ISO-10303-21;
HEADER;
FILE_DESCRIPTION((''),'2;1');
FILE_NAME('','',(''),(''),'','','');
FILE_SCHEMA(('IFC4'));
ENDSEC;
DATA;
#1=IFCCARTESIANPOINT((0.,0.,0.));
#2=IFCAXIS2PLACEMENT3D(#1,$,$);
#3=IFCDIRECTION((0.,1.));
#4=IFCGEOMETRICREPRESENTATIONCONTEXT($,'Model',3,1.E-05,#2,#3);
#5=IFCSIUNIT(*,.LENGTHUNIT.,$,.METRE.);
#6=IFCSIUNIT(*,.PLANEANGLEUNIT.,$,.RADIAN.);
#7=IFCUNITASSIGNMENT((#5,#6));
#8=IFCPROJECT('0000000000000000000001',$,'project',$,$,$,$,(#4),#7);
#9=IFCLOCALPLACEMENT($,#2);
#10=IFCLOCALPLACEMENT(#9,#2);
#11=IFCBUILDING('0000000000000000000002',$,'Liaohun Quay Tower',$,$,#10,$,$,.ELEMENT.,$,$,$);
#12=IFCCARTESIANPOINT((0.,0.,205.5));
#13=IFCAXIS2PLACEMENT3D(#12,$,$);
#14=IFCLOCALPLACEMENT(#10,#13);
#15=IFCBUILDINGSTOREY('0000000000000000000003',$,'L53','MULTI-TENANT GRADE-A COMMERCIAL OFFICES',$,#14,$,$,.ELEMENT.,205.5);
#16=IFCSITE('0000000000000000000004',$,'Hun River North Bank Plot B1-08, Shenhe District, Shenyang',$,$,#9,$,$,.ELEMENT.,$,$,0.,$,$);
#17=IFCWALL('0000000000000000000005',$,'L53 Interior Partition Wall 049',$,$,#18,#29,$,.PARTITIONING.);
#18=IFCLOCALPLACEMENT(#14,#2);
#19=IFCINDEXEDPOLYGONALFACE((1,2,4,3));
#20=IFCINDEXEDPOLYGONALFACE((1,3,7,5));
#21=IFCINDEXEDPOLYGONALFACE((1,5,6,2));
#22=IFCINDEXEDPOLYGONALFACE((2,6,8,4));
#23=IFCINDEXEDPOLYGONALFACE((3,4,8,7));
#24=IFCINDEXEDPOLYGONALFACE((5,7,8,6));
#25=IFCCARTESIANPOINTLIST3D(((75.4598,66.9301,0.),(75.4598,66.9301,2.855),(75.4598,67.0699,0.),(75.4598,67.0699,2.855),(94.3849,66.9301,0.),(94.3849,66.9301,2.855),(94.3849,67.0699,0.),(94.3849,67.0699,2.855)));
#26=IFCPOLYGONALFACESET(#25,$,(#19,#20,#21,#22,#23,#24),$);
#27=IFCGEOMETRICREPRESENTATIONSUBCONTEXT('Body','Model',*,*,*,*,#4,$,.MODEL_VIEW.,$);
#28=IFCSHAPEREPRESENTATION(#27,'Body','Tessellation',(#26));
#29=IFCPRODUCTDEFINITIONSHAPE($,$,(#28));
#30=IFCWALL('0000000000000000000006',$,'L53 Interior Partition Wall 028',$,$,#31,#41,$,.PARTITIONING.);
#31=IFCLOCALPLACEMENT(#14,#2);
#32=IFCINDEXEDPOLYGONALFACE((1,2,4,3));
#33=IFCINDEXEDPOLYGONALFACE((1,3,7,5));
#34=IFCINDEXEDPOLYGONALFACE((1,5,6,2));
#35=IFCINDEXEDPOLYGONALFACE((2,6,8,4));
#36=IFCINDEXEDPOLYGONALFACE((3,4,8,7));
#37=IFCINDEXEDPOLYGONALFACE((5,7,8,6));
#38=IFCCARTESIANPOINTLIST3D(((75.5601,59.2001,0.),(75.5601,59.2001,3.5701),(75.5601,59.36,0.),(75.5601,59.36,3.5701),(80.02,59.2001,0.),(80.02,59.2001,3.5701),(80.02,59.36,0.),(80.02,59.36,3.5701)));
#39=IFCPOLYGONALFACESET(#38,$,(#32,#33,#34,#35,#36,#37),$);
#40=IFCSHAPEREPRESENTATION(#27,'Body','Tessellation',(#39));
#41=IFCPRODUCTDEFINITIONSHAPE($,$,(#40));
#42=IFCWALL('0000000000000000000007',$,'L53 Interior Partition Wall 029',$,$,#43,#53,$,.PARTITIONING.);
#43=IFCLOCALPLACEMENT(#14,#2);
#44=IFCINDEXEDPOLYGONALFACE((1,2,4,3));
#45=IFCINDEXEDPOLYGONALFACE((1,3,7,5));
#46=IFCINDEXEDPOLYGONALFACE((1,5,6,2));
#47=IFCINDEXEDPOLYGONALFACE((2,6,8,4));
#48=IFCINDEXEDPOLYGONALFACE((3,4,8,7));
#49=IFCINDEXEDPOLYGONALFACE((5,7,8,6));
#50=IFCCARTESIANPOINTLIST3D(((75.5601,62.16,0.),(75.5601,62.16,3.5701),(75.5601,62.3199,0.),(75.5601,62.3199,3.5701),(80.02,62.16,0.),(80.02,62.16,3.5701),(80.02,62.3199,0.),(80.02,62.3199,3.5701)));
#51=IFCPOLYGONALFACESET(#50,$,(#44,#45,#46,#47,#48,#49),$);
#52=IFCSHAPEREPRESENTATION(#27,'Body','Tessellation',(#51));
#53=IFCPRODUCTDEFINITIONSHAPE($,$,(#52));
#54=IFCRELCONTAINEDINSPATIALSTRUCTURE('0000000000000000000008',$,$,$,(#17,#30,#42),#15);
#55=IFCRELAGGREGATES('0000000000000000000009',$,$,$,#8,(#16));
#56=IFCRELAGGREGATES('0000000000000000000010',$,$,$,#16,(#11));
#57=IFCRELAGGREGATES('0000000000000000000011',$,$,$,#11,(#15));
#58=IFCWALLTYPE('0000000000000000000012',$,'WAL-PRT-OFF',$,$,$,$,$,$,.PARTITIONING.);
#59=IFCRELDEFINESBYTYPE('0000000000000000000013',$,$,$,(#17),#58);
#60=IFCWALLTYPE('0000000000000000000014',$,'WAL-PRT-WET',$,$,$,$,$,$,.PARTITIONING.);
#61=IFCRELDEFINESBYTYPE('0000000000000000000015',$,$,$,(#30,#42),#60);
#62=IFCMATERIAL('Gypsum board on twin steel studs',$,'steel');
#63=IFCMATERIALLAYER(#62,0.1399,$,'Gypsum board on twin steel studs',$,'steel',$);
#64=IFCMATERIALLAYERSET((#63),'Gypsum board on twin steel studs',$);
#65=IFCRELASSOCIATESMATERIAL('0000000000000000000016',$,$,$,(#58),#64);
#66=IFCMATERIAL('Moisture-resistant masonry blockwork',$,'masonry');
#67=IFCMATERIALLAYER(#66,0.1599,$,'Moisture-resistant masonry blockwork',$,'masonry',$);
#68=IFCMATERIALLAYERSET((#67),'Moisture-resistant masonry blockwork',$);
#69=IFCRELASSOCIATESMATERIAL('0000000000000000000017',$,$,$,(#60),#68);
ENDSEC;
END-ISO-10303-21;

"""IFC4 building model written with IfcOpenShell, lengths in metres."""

from ifc_helpers import new_model, si_unit, direction, frame, frame_2d, origin, place, context, subcontext, project, spatial, rectangle, extrude, material, layer, layer_set, type_object, element, save


model = new_model("IFC4")

# Units and contexts
model_context = context("Model", 3, precision=1e-05, world=origin(), true_north=direction((0.0, 1.0)))
body_context = subcontext(model_context, "Body", "Model", "MODEL_VIEW")
ifc_project = project(units=[si_unit("LENGTHUNIT", "METRE"), si_unit("PLANEANGLEUNIT", "RADIAN")], contexts=[model_context])

# Site, building, storey
site_placement = place(None, origin())
site = spatial("IfcSite", under=ifc_project, at=site_placement, Name="Hun River North Bank Plot B1-08, Shenhe District, Shenyang", CompositionType="ELEMENT", RefElevation=0.0)
building_placement = place(site_placement, origin())
building = spatial("IfcBuilding", under=site, at=building_placement, Name="Liaohun Quay Tower", CompositionType="ELEMENT")
storey_placement = place(building_placement, frame((0.0, 0.0, 205.5)))
storey = spatial("IfcBuildingStorey", under=building, at=storey_placement, Name="L53", Description="MULTI-TENANT GRADE-A COMMERCIAL OFFICES", CompositionType="ELEMENT", Elevation=205.5)

# Wall
ifc_material_1 = material(Name="Gypsum board on twin steel studs", Category="steel")
ifc_layer_1 = layer(ifc_material_1, 0.1399, Name="Gypsum board on twin steel studs", Category="steel")
ifc_layer_set_1 = layer_set([ifc_layer_1], Name="Gypsum board on twin steel studs")
wall_type_1 = type_object("IfcWallType", Name="WAL-PRT-OFF", PredefinedType="PARTITIONING", material=ifc_layer_set_1)
wall_1_placement = place(storey_placement, frame((75.46, 67.0, 0.0), z_axis=(0.0, 0.0, 1.0), x_axis=(1.0, 0.0, 0.0)))
element("IfcWall", 1, at=wall_1_placement, inside=storey, type_object=wall_type_1, Name="L53 Interior Partition Wall 049", PredefinedType="PARTITIONING", context=body_context, shape_type="SweptSolid", body=[
    extrude(rectangle(XDim=18.925, YDim=0.1399, at=frame_2d((9.4624, 0.0))), origin(), (0.0, 0.0, 1.0), 2.855),
])

# Shared definitions
ifc_material_2 = material(Name="Moisture-resistant masonry blockwork", Category="masonry")
ifc_layer_2 = layer(ifc_material_2, 0.1599, Name="Moisture-resistant masonry blockwork", Category="masonry")
ifc_layer_set_2 = layer_set([ifc_layer_2], Name="Moisture-resistant masonry blockwork")
wall_type_2 = type_object("IfcWallType", Name="WAL-PRT-WET", PredefinedType="PARTITIONING", material=ifc_layer_set_2)

# Walls
for number, where, z_axis, x_axis, name in (
    (2, (75.5601, 59.28, 0.0), (0.0, 0.0, 1.0), (1.0, 0.0, 0.0), "L53 Interior Partition Wall 028"),
    (3, (75.5601, 62.24, 0.0), (0.0, 0.0, 1.0), (1.0, 0.0, 0.0), "L53 Interior Partition Wall 029"),
):
    element("IfcWall", number, at=place(storey_placement, frame(where, z_axis=z_axis, x_axis=x_axis)), inside=storey, type_object=wall_type_2, Name=name, PredefinedType="PARTITIONING", context=body_context, shape_type="SweptSolid", body=[
        extrude(rectangle(XDim=4.46, YDim=0.1599, at=frame_2d((2.23, 0.0))), origin(), (0.0, 0.0, 1.0), 3.5701),
    ])

save(model, "model.ifc")
